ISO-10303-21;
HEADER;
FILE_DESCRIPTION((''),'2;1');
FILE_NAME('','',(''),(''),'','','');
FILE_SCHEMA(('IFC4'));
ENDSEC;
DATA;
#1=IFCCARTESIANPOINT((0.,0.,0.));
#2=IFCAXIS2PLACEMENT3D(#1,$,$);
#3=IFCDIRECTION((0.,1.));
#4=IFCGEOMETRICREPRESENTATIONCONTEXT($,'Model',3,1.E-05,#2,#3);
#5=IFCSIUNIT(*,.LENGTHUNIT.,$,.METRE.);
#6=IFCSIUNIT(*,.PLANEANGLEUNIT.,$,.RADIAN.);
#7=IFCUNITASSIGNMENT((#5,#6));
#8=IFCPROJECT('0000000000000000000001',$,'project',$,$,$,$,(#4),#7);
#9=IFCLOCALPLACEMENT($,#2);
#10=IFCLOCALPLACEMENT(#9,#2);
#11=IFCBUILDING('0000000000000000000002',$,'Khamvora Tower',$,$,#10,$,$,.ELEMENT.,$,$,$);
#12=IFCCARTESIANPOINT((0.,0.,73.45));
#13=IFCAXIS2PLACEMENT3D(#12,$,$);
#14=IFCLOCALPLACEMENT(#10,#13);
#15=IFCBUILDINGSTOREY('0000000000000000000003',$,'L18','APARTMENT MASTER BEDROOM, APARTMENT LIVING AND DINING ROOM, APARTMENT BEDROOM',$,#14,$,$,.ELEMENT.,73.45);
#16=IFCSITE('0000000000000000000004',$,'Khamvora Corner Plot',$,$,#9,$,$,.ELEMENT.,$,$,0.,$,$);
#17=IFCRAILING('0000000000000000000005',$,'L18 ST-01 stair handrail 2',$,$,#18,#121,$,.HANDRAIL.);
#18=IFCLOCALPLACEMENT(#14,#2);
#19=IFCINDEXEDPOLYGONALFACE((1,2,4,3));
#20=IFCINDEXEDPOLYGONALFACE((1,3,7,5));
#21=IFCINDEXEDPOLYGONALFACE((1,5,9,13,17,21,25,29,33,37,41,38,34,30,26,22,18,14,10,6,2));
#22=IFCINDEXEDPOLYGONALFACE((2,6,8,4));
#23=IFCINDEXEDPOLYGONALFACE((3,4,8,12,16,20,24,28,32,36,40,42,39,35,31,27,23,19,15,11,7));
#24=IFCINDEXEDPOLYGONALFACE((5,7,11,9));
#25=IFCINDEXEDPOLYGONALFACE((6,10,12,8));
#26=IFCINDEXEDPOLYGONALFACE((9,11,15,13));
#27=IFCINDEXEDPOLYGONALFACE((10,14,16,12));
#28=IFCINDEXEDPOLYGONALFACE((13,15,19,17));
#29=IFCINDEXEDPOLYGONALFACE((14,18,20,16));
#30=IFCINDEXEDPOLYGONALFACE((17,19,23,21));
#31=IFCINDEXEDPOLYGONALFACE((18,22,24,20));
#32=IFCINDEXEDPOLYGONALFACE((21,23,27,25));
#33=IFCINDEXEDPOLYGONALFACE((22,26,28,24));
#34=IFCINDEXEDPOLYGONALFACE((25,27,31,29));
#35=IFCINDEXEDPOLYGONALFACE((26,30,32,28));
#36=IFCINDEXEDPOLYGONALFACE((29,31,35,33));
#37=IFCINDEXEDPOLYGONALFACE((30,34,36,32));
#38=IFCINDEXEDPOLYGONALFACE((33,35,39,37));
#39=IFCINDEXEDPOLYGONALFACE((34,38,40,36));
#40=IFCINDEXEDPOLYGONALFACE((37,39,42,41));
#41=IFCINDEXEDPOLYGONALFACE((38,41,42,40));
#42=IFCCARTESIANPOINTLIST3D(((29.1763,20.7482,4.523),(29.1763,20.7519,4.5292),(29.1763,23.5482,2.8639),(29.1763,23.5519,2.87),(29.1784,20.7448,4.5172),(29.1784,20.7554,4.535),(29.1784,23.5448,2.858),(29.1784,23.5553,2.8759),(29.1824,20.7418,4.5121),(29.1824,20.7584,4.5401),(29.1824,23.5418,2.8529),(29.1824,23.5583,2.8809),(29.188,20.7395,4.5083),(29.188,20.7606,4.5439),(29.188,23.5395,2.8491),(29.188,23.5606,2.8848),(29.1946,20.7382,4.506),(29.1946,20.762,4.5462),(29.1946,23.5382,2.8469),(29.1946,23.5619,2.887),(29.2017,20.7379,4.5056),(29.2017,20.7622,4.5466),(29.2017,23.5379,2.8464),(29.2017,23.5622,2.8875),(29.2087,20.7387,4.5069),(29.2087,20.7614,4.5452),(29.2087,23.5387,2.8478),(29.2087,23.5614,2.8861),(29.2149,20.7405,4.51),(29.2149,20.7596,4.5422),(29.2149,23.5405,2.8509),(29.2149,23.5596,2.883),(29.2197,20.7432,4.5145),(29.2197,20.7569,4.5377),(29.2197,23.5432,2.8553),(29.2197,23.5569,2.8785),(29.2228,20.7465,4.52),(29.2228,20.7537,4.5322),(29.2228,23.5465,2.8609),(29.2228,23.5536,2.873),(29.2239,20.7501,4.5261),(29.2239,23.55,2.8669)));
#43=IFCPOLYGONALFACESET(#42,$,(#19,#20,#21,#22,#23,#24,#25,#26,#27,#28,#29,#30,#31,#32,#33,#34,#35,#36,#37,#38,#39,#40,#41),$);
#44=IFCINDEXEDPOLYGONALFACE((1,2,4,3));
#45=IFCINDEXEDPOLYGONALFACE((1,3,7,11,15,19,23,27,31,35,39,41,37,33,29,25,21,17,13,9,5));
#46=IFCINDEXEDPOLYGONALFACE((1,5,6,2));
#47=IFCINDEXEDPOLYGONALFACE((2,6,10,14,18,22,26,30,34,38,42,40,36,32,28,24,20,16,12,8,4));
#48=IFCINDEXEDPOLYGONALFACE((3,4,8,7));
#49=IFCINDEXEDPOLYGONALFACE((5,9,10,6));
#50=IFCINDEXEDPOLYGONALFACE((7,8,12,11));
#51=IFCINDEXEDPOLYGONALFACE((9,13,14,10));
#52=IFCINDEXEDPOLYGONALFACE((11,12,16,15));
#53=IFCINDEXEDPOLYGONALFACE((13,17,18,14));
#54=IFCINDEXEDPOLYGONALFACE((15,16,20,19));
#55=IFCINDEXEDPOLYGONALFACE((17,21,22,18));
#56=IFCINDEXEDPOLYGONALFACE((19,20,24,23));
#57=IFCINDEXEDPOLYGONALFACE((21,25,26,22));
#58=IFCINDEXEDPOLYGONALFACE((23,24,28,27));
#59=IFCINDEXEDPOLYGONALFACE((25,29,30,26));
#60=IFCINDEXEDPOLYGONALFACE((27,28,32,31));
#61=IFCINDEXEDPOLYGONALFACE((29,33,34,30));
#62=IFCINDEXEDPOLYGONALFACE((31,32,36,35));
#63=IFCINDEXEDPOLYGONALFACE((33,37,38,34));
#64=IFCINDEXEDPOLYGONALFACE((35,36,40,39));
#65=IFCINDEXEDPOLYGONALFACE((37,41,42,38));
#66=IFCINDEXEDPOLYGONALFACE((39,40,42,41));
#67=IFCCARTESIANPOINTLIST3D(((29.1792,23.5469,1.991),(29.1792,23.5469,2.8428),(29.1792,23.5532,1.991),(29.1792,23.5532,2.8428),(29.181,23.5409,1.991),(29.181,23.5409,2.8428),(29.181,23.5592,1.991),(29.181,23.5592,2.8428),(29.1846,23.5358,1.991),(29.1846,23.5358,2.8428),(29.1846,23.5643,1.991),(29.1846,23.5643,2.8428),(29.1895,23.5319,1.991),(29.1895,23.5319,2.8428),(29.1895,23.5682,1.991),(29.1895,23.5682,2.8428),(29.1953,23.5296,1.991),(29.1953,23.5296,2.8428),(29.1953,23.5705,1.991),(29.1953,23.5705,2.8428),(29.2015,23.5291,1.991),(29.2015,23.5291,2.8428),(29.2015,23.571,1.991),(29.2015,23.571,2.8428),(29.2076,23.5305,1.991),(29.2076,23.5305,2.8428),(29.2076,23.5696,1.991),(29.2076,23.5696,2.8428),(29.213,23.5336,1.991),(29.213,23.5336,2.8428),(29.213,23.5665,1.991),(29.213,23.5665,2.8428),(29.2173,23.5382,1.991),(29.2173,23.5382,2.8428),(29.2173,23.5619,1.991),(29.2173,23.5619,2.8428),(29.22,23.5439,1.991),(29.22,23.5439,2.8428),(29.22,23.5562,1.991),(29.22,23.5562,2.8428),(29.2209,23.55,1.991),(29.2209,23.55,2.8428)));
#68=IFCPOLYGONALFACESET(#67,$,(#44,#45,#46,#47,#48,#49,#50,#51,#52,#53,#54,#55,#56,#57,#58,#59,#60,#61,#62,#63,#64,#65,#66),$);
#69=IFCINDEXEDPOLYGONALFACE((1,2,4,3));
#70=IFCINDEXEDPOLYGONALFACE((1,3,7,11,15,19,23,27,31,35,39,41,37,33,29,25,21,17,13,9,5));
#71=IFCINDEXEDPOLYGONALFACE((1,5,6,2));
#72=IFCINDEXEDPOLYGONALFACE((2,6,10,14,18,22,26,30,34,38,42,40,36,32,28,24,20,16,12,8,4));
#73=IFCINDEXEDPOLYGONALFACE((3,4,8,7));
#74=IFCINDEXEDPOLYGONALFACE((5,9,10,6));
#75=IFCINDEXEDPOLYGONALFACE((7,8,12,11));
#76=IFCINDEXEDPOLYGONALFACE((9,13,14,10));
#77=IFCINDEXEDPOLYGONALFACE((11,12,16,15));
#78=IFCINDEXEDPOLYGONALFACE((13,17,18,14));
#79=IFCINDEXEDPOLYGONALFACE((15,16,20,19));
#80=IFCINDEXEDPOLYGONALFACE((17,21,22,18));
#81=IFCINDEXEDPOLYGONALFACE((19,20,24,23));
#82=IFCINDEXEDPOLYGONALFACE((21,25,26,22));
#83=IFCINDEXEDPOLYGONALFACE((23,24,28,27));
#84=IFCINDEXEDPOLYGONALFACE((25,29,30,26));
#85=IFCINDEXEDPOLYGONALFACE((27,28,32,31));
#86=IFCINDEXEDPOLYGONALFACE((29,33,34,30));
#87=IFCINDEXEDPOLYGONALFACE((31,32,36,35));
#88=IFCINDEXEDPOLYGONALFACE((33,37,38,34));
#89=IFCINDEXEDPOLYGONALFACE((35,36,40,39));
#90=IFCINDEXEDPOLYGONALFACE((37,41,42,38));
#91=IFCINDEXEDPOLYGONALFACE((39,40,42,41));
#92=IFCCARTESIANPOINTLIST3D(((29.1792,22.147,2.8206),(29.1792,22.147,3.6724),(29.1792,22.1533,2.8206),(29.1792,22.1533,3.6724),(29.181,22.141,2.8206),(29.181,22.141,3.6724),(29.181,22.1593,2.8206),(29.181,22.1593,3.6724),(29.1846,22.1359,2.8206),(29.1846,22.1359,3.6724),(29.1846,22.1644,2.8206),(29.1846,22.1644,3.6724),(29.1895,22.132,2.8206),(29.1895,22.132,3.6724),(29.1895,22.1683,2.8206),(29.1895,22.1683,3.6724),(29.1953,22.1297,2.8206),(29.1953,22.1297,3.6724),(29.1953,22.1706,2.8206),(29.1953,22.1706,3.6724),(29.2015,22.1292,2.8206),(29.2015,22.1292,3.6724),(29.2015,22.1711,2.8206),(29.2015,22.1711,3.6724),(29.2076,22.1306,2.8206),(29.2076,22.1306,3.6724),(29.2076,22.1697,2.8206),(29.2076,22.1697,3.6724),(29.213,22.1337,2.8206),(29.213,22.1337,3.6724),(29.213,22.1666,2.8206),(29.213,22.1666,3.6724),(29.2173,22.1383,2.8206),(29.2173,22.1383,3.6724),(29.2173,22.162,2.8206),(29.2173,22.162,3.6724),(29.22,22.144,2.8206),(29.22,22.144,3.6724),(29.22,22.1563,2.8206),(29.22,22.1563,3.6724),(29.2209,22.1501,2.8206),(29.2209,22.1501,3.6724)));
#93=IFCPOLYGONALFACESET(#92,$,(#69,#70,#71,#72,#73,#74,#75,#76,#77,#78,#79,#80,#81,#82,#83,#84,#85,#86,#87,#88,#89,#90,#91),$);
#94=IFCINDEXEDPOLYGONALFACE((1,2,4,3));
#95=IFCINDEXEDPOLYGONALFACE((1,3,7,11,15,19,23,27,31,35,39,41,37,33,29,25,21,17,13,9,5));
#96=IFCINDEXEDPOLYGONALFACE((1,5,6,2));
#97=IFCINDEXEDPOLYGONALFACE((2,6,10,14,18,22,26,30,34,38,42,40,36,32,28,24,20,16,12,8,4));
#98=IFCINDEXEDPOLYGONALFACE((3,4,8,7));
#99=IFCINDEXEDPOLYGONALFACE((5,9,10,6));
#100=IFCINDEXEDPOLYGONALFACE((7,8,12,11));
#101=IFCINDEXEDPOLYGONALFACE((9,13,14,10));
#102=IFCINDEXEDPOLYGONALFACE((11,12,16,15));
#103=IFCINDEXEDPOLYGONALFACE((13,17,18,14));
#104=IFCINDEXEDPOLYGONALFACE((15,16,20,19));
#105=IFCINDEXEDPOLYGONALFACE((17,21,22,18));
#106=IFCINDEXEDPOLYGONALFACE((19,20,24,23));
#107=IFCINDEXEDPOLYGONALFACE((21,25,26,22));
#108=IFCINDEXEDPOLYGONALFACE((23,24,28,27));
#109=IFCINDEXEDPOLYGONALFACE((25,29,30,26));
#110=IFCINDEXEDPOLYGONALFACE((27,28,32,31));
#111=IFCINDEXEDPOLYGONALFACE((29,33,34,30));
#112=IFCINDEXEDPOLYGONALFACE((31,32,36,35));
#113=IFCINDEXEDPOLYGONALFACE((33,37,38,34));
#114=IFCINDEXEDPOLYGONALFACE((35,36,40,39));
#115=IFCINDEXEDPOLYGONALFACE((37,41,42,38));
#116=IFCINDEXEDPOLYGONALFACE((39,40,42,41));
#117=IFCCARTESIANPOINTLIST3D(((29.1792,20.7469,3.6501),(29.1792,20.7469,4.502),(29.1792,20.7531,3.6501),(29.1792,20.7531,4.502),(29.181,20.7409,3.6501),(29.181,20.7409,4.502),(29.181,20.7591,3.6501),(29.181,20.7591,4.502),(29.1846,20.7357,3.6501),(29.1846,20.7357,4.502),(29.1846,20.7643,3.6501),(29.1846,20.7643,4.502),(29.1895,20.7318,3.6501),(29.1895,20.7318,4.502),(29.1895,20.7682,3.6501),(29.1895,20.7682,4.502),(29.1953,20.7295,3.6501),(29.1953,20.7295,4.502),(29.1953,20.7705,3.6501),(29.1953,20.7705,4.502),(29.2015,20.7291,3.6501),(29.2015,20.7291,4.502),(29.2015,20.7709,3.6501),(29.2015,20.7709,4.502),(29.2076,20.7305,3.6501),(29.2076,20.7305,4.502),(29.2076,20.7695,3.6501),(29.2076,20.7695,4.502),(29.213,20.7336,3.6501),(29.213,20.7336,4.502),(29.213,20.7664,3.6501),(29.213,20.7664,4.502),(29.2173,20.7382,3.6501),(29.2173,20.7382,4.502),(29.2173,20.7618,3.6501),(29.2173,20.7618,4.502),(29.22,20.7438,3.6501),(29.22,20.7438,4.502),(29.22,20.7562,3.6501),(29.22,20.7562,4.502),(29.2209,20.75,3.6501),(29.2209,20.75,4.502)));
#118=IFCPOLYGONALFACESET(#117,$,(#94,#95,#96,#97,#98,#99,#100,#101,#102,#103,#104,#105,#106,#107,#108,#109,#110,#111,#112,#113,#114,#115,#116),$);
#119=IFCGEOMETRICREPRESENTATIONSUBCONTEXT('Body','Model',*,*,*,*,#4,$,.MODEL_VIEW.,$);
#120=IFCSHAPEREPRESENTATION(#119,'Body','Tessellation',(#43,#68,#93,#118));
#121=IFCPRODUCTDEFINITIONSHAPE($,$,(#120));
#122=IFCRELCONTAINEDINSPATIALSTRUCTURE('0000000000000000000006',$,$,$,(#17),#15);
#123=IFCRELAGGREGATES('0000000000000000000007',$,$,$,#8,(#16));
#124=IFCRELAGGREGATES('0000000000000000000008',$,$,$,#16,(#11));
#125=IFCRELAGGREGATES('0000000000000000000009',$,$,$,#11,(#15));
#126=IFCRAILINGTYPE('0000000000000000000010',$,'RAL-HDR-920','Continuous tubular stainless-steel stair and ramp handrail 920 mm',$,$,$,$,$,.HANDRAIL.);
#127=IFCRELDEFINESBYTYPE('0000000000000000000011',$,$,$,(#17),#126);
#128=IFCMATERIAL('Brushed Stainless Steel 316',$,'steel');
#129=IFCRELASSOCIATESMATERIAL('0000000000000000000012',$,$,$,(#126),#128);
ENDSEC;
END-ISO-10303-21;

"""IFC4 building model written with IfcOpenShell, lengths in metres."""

from ifc_helpers import new_model, si_unit, direction, frame, origin, origin_2d, place, context, subcontext, project, spatial, circle, extrude, material, type_object, element, save


model = new_model("IFC4")

# Units and contexts
model_context = context("Model", 3, precision=1e-05, world=origin(), true_north=direction((0.0, 1.0)))
body_context = subcontext(model_context, "Body", "Model", "MODEL_VIEW")
ifc_project = project(units=[si_unit("LENGTHUNIT", "METRE"), si_unit("PLANEANGLEUNIT", "RADIAN")], contexts=[model_context])

# Site, building, storey
site_placement = place(None, origin())
site = spatial("IfcSite", under=ifc_project, at=site_placement, Name="Khamvora Corner Plot", CompositionType="ELEMENT", RefElevation=0.0)
building_placement = place(site_placement, origin())
building = spatial("IfcBuilding", under=site, at=building_placement, Name="Khamvora Tower", CompositionType="ELEMENT")
storey_placement = place(building_placement, frame((0.0, 0.0, 73.45)))
storey = spatial("IfcBuildingStorey", under=building, at=storey_placement, Name="L18", Description="APARTMENT MASTER BEDROOM, APARTMENT LIVING AND DINING ROOM, APARTMENT BEDROOM", CompositionType="ELEMENT", Elevation=73.45)

# Railing
ifc_material_1 = material(Name="Brushed Stainless Steel 316", Category="steel")
railing_type_1 = type_object("IfcRailingType", Name="RAL-HDR-920", Description="Continuous tubular stainless-steel stair and ramp handrail 920 mm", PredefinedType="HANDRAIL", material=ifc_material_1)
railing_1_placement = place(storey_placement, frame((29.2, 23.55, 1.991)))
element("IfcRailing", 1, at=railing_1_placement, inside=storey, type_object=railing_type_1, Name="L18 ST-01 stair handrail 2", PredefinedType="HANDRAIL", context=body_context, shape_type="SweptSolid", body=[
    extrude(circle(Radius=0.0239, at=origin_2d()), frame((0.0, 0.0, 0.876), z_axis=(0.0, -0.860306, 0.509778), x_axis=(1.0, 0.0, 0.0)), (0.0, 0.0, 1.0), 3.2546),
    extrude(circle(Radius=0.021, at=origin_2d()), origin(), (0.0, 0.0, 1.0), 0.8518),
    extrude(circle(Radius=0.021, at=origin_2d()), frame((0.0, -1.3999, 0.8296)), (0.0, 0.0, 1.0), 0.8518),
    extrude(circle(Radius=0.021, at=origin_2d()), frame((0.0, -2.8, 1.6592)), (0.0, 0.0, 1.0), 0.8518),
])

save(model, "model.ifc")
